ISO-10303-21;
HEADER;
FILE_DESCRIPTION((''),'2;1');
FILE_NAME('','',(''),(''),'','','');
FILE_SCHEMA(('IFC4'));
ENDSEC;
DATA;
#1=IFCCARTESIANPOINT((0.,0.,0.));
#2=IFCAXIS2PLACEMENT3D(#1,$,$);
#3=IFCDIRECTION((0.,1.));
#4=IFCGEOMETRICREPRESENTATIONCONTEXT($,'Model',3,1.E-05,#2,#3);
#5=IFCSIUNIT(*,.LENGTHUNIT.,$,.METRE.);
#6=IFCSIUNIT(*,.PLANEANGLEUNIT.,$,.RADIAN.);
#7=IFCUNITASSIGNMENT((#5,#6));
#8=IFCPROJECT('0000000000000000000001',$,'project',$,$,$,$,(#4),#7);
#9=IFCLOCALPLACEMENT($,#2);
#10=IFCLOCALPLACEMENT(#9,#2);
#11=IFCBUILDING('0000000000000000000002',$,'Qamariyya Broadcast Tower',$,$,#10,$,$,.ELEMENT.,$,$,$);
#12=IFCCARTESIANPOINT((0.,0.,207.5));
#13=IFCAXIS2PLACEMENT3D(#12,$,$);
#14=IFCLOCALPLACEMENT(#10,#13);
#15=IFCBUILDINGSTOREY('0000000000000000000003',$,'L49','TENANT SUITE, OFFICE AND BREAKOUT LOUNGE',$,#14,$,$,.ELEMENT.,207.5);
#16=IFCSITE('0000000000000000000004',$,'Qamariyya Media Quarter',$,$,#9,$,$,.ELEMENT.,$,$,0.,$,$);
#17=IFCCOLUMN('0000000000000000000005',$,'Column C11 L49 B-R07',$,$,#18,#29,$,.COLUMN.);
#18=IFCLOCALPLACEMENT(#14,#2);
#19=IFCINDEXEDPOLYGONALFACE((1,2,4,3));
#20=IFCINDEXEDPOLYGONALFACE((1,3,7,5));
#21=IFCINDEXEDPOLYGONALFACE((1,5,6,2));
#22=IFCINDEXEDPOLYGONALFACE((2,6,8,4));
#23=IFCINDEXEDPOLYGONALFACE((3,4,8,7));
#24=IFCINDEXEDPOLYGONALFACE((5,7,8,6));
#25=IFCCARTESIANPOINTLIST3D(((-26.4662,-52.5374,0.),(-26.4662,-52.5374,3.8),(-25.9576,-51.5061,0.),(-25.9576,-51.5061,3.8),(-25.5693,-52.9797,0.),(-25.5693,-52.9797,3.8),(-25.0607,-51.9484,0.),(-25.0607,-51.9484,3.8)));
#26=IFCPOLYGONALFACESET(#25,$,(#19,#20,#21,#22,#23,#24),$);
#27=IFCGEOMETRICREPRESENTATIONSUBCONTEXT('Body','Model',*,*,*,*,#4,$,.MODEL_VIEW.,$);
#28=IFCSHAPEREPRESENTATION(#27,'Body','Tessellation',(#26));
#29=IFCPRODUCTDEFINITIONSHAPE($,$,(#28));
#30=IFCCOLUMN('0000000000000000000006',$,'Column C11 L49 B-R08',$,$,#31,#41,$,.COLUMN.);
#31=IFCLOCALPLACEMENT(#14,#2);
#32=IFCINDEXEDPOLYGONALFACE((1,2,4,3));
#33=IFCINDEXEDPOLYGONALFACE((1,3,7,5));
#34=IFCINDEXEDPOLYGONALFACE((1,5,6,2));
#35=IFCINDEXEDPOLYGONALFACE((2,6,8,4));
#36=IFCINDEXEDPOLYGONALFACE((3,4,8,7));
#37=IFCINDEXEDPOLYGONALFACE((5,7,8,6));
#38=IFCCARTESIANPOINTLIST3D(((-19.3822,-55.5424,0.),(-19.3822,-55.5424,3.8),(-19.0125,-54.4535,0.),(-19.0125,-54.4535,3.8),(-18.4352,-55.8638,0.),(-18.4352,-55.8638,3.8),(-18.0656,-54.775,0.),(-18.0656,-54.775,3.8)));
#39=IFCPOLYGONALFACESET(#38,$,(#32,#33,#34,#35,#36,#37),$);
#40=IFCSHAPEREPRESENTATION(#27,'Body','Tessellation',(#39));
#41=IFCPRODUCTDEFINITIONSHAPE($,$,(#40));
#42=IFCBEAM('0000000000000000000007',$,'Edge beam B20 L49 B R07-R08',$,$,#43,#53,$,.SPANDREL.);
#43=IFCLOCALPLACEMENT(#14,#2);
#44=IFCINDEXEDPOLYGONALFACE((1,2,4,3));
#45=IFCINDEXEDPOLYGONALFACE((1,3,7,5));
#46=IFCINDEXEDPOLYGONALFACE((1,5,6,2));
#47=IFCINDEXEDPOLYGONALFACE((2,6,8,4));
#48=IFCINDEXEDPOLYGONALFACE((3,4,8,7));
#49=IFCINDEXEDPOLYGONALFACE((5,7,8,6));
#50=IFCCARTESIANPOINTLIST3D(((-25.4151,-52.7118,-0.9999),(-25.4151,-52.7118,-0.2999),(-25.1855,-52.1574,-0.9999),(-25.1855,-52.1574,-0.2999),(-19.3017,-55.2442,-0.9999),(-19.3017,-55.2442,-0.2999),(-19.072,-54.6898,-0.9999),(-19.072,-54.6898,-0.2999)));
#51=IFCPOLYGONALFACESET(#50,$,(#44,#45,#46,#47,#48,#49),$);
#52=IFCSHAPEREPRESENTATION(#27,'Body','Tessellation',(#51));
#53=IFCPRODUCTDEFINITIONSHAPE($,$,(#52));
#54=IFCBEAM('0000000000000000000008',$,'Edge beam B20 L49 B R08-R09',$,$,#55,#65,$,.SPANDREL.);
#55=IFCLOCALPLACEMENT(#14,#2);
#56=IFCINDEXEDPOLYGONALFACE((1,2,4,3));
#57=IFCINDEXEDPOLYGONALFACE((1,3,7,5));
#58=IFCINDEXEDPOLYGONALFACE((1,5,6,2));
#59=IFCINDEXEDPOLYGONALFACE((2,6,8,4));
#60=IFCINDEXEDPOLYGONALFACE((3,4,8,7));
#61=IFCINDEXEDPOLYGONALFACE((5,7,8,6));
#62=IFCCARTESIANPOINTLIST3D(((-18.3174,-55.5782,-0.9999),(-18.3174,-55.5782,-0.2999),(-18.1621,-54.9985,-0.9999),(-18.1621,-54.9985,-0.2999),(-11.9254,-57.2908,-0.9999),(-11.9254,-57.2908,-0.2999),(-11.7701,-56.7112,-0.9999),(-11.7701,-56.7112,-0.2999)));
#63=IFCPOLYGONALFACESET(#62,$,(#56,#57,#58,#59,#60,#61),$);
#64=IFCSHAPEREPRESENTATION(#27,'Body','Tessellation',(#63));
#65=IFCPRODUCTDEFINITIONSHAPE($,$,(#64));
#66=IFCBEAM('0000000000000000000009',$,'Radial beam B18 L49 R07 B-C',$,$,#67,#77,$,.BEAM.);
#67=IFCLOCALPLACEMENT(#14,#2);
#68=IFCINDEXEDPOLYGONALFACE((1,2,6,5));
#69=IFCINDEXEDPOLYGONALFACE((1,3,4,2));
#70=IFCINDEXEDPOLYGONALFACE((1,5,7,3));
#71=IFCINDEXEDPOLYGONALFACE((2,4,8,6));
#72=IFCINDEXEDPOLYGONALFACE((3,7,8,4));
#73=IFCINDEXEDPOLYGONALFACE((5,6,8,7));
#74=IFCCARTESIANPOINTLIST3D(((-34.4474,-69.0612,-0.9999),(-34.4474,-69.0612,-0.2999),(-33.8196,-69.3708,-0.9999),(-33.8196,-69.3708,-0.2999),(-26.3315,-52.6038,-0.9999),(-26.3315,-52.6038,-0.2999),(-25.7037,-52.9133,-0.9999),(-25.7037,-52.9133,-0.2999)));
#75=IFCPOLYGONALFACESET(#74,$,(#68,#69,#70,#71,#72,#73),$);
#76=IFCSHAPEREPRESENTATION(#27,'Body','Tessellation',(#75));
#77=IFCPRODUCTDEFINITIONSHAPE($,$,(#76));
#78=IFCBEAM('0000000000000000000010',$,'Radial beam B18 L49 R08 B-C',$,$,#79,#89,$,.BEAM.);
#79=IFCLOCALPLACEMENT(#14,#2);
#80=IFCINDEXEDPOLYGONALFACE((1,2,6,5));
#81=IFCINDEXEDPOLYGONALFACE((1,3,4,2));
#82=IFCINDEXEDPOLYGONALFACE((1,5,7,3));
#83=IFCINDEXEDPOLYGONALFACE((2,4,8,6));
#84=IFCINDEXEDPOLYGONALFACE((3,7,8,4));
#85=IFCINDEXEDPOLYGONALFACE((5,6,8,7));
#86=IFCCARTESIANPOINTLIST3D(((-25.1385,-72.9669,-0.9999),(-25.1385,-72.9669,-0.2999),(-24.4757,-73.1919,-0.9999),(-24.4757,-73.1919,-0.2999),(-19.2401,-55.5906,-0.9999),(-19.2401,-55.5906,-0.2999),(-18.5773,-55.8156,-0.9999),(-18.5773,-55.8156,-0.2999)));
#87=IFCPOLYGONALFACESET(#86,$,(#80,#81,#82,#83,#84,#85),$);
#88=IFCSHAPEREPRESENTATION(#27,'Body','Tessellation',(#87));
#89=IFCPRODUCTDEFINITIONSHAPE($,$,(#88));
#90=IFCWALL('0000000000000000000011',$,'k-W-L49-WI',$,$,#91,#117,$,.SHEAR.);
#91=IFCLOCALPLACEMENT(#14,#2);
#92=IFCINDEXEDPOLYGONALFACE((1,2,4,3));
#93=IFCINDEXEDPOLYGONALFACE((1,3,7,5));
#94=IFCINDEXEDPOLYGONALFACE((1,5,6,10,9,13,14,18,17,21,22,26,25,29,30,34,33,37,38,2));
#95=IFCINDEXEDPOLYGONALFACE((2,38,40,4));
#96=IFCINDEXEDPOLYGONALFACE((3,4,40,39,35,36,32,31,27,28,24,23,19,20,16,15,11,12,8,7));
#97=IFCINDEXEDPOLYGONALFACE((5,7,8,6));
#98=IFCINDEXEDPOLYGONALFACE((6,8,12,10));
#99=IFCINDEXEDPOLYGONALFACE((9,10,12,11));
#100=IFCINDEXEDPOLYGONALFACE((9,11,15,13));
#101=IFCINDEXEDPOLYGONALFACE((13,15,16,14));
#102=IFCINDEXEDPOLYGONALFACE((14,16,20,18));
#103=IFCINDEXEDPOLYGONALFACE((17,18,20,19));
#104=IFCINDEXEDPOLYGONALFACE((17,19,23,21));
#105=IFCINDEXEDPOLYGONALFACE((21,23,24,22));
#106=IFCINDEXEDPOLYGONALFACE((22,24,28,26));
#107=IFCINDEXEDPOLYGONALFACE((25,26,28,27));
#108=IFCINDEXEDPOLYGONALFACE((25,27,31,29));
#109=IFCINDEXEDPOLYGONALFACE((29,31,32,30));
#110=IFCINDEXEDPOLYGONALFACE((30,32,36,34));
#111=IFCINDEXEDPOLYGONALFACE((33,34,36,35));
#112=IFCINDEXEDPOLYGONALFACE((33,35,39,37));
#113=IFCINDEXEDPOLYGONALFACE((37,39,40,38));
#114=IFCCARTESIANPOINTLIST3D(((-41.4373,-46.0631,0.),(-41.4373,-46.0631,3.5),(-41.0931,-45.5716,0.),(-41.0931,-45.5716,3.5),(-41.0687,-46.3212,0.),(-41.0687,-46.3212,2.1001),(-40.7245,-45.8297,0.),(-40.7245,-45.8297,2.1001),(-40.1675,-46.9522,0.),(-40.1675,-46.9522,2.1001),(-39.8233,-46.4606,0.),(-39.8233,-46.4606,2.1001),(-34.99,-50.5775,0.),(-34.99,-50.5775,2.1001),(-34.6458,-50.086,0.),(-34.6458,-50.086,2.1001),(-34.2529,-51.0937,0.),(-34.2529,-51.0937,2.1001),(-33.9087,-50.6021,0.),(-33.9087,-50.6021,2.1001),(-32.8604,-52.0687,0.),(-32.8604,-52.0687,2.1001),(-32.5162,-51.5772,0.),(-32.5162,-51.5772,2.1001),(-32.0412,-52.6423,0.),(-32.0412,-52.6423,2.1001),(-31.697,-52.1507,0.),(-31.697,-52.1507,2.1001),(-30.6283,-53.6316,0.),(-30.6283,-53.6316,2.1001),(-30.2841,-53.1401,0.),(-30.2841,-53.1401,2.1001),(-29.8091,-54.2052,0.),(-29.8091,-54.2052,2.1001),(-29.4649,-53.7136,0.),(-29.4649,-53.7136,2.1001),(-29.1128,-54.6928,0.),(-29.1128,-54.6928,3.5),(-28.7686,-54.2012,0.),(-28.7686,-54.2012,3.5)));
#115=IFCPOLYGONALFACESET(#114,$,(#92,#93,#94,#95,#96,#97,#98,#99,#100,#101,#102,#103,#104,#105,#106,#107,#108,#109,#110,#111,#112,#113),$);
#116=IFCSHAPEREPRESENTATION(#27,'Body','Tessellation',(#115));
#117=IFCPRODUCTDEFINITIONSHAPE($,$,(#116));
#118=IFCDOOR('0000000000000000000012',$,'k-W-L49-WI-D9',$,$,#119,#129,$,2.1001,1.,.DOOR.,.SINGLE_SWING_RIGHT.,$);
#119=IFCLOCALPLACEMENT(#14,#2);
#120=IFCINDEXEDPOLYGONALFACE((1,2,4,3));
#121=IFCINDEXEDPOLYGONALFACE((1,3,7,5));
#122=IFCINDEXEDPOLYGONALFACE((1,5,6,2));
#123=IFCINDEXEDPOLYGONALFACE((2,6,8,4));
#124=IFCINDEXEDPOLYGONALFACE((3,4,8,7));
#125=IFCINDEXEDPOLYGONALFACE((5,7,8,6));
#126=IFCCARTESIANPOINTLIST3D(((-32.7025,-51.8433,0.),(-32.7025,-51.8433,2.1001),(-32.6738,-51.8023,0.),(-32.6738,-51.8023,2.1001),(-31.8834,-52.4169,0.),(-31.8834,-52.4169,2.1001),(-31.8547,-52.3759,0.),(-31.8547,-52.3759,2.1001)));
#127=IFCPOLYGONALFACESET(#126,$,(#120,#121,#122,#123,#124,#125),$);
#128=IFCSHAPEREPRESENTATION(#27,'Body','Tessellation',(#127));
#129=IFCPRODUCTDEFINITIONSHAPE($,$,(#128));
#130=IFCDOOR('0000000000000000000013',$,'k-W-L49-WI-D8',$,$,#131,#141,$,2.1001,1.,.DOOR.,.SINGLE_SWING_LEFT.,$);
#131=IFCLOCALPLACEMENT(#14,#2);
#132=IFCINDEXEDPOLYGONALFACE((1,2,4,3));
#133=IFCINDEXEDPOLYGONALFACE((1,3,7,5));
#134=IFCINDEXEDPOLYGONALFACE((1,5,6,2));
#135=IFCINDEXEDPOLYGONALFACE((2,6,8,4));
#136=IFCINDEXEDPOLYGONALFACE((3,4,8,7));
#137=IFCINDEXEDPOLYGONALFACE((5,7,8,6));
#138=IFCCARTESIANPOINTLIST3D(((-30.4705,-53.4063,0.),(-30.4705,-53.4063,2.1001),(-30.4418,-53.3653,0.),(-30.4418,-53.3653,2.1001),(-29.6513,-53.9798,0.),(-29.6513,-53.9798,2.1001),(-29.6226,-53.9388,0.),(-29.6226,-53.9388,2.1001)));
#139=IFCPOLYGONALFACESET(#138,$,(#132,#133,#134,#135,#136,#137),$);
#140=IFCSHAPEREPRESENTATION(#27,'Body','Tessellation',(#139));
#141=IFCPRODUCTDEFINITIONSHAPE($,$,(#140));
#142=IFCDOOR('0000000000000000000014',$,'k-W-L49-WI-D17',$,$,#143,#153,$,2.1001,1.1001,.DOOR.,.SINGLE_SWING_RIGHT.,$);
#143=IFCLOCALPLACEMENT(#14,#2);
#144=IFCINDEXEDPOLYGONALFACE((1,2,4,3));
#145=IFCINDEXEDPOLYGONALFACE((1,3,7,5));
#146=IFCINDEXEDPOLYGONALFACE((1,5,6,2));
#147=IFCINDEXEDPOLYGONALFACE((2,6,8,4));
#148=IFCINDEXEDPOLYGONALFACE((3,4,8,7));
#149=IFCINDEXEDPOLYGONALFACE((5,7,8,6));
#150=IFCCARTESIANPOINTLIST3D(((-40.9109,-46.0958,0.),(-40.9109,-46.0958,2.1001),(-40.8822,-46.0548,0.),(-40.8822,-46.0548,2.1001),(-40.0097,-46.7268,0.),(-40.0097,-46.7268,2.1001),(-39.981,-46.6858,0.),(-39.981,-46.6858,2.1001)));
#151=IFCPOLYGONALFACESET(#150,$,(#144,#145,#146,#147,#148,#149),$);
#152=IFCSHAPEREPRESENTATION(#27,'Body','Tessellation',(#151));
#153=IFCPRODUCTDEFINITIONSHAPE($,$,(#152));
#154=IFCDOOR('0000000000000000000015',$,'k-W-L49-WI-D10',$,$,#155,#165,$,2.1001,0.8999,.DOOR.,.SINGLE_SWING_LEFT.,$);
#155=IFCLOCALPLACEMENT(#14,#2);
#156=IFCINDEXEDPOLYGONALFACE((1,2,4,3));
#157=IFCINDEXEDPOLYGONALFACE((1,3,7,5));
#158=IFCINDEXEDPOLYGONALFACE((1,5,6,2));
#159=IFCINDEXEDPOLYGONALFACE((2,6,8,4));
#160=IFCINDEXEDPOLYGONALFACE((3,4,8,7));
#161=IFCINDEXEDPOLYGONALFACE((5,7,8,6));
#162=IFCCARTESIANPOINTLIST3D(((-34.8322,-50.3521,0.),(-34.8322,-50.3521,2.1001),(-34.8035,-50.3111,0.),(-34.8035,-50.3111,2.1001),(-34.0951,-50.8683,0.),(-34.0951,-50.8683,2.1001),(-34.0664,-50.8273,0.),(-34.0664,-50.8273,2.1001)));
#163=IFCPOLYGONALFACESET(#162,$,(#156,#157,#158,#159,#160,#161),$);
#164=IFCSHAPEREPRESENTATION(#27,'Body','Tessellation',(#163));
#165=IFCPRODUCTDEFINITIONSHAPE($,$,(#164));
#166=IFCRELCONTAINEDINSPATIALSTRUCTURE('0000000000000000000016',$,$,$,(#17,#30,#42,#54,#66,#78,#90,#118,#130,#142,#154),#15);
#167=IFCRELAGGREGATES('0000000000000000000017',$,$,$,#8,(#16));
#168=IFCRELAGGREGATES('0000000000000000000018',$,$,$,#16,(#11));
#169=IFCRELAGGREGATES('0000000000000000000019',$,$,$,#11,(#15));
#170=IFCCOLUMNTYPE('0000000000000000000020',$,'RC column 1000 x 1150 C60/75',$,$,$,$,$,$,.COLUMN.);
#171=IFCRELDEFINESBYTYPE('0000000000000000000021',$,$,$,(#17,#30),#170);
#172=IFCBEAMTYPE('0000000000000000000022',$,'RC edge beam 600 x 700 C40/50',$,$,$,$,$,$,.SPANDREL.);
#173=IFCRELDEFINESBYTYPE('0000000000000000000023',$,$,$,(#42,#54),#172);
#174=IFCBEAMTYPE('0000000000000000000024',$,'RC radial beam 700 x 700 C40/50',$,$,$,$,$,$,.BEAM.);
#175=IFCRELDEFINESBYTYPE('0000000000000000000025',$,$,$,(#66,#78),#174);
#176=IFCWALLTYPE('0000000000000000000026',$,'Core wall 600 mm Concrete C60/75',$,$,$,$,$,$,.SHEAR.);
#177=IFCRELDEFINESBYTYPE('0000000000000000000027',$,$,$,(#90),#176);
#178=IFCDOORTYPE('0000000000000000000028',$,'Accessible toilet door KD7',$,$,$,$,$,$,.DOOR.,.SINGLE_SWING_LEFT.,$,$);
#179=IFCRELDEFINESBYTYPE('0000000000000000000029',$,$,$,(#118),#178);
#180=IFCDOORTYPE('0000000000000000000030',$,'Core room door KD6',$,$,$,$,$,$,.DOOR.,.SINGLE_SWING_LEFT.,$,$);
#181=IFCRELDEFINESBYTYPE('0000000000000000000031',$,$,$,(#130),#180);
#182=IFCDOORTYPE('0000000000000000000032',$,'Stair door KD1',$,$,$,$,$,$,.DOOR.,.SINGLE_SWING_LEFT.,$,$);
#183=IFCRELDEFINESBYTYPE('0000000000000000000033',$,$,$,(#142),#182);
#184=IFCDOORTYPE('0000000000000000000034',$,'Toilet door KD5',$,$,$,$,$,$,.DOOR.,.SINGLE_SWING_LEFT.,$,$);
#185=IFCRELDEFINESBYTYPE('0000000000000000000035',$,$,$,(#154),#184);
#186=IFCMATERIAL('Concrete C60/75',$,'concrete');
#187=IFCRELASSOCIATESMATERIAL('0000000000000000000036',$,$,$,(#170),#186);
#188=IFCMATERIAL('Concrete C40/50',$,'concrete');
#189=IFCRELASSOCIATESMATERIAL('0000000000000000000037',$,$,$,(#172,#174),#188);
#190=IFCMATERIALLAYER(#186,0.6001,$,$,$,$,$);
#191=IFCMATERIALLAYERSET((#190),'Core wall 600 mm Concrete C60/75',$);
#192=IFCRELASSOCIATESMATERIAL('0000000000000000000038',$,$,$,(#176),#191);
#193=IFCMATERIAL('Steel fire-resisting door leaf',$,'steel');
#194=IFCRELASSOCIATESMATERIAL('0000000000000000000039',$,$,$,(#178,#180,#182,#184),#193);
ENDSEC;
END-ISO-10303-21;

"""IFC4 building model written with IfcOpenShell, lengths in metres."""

from ifc_helpers import new_model, si_unit, direction, frame, frame_2d, origin, origin_2d, place, context, subcontext, project, spatial, rectangle, extrude, material, layer, layer_set, material_profile, profile_set, type_object, element, fill, save


model = new_model("IFC4")

# Units and contexts
model_context = context("Model", 3, precision=1e-05, world=origin(), true_north=direction((0.0, 1.0)))
body_context = subcontext(model_context, "Body", "Model", "MODEL_VIEW")
ifc_project = project(units=[si_unit("LENGTHUNIT", "METRE"), si_unit("PLANEANGLEUNIT", "RADIAN")], contexts=[model_context])

# Site, building, storey
site_placement = place(None, origin())
site = spatial("IfcSite", under=ifc_project, at=site_placement, Name="Qamariyya Media Quarter", CompositionType="ELEMENT", RefElevation=0.0)
building_placement = place(site_placement, origin())
building = spatial("IfcBuilding", under=site, at=building_placement, Name="Qamariyya Broadcast Tower", CompositionType="ELEMENT")
storey_placement = place(building_placement, frame((0.0, 0.0, 207.5)))
storey = spatial("IfcBuildingStorey", under=building, at=storey_placement, Name="L49", Description="TENANT SUITE, OFFICE AND BREAKOUT LOUNGE", CompositionType="ELEMENT", Elevation=207.5)

# Columns
ifc_material_1 = material(Name="Concrete C60/75", Category="concrete")
ifc_material_profile_1 = material_profile(ifc_material_1, rectangle(XDim=1.0, YDim=1.1499, at=origin_2d()))
ifc_profile_set_1 = profile_set([ifc_material_profile_1], Name="Concrete C60/75")
column_type = type_object("IfcColumnType", Name="RC column 1000 x 1150 C60/75", PredefinedType="COLUMN", material=ifc_profile_set_1)
for number, where, z_axis, x_axis, name in (
    (1, (-25.7634, -52.2429, 0.0), (0.0, 0.0, 1.0), (0.896873, -0.442289, 0.0), "Column C11 L49 B-R07"),
    (2, (-18.7239, -55.1587, 0.0), (0.0, 0.0, 1.0), (0.94693, -0.321439, 0.0), "Column C11 L49 B-R08"),
):
    element("IfcColumn", number, at=place(storey_placement, frame(where, z_axis=z_axis, x_axis=x_axis)), inside=storey, type_object=column_type, Name=name, PredefinedType="COLUMN", context=body_context, shape_type="SweptSolid", body=[
        extrude(rectangle(XDim=1.0, YDim=1.1499, at=origin_2d()), origin(), (0.0, 0.0, 1.0), 3.8),
    ])

# Beams
ifc_material_2 = material(Name="Concrete C40/50", Category="concrete")
ifc_material_profile_2 = material_profile(ifc_material_2, rectangle(XDim=0.6001, YDim=0.7, at=origin_2d()))
ifc_profile_set_2 = profile_set([ifc_material_profile_2], Name="Concrete C40/50")
beam_type_1 = type_object("IfcBeamType", Name="RC edge beam 600 x 700 C40/50", PredefinedType="SPANDREL", material=ifc_profile_set_2)
beam_1_placement = place(storey_placement, frame((-25.3003, -52.4346, -0.6499), z_axis=(0.923871, -0.382705, 0.0), x_axis=(0.382705, 0.923871, 0.0)))
element("IfcBeam", 3, at=beam_1_placement, inside=storey, type_object=beam_type_1, Name="Edge beam B20 L49 B R07-R08", PredefinedType="SPANDREL", context=body_context, shape_type="SweptSolid", body=[
    extrude(rectangle(XDim=0.6001, YDim=0.7, at=origin_2d()), origin(), (0.0, 0.0, 1.0), 6.6172),
])
beam_2_placement = place(storey_placement, frame((-18.2397, -55.2883, -0.6499), z_axis=(0.965927, -0.258813, 0.0), x_axis=(0.258813, 0.965927, 0.0)))
element("IfcBeam", 4, at=beam_2_placement, inside=storey, type_object=beam_type_1, Name="Edge beam B20 L49 B R08-R09", PredefinedType="SPANDREL", context=body_context, shape_type="SweptSolid", body=[
    extrude(rectangle(XDim=0.6001, YDim=0.7, at=origin_2d()), origin(), (0.0, 0.0, 1.0), 6.6174),
])
ifc_material_profile_3 = material_profile(ifc_material_2, rectangle(XDim=0.7, YDim=0.7, at=origin_2d()))
ifc_profile_set_3 = profile_set([ifc_material_profile_3], Name="Concrete C40/50")
beam_type_2 = type_object("IfcBeamType", Name="RC radial beam 700 x 700 C40/50", PredefinedType="BEAM", material=ifc_profile_set_3)
beam_3_placement = place(storey_placement, frame((-26.0176, -52.7585, -0.6499), z_axis=(-0.442289, -0.896872, 0.0), x_axis=(0.896872, -0.442289, 0.0)))
element("IfcBeam", 5, at=beam_3_placement, inside=storey, type_object=beam_type_2, Name="Radial beam B18 L49 R07 B-C", PredefinedType="BEAM", context=body_context, shape_type="SweptSolid", body=[
    extrude(rectangle(XDim=0.7, YDim=0.7, at=origin_2d()), origin(), (0.0, 0.0, 1.0), 18.3499),
])
beam_4_placement = place(storey_placement, frame((-18.9087, -55.7031, -0.6499), z_axis=(-0.32144, -0.94693, 0.0), x_axis=(0.94693, -0.32144, 0.0)))
element("IfcBeam", 6, at=beam_4_placement, inside=storey, type_object=beam_type_2, Name="Radial beam B18 L49 R08 B-C", PredefinedType="BEAM", context=body_context, shape_type="SweptSolid", body=[
    extrude(rectangle(XDim=0.7, YDim=0.7, at=origin_2d()), origin(), (0.0, 0.0, 1.0), 18.3501),
])

# Wall, openings, doors
ifc_layer_1 = layer(ifc_material_1, 0.6001)
ifc_layer_set_1 = layer_set([ifc_layer_1], Name="Core wall 600 mm Concrete C60/75")
wall_type_1 = type_object("IfcWallType", Name="Core wall 600 mm Concrete C60/75", PredefinedType="SHEAR", material=ifc_layer_set_1)
wall_1_placement = place(storey_placement, frame((-28.9407, -54.447, 0.0), z_axis=(0.0, 0.0, 1.0), x_axis=(-0.819153, 0.573575, 0.0)))
wall_1 = element("IfcWall", 7, at=wall_1_placement, inside=storey, type_object=wall_type_1, Name="k-W-L49-WI", PredefinedType="SHEAR", context=body_context, shape_type="SweptSolid", body=[
    extrude(rectangle(XDim=15.0454, YDim=0.6001, at=frame_2d((7.5227, 0.0))), origin(), (0.0, 0.0, 1.0), 3.5),
])
opening_1_placement = place(wall_1_placement, frame((0.8501, 0.0, 0.0)))
opening_1 = element("IfcOpeningElement", 8, at=opening_1_placement, cuts=wall_1, PredefinedType="OPENING", context=body_context, shape_type="SweptSolid", body=[
    extrude(rectangle(XDim=1.0, YDim=2.1001, at=frame_2d((0.5, 1.05))), frame((0.0, 0.3101, 0.0), z_axis=(0.0, -1.0, 0.0), x_axis=(1.0, 0.0, 0.0)), (0.0, 0.0, 1.0), 0.6201),
])
opening_2_placement = place(wall_1_placement, frame((3.575, 0.0, 0.0)))
opening_2 = element("IfcOpeningElement", 9, at=opening_2_placement, cuts=wall_1, PredefinedType="OPENING", context=body_context, shape_type="SweptSolid", body=[
    extrude(rectangle(XDim=1.0, YDim=2.1001, at=frame_2d((0.5, 1.05))), frame((0.0, 0.3101, 0.0), z_axis=(0.0, -1.0, 0.0), x_axis=(1.0, 0.0, 0.0)), (0.0, 0.0, 1.0), 0.6201),
])
opening_3_placement = place(wall_1_placement, frame((6.2749, 0.0, 0.0)))
opening_3 = element("IfcOpeningElement", 10, at=opening_3_placement, cuts=wall_1, PredefinedType="OPENING", context=body_context, shape_type="SweptSolid", body=[
    extrude(rectangle(XDim=0.8999, YDim=2.1001, at=frame_2d((0.45, 1.05))), frame((0.0, 0.3101, 0.0), z_axis=(0.0, -1.0, 0.0), x_axis=(1.0, 0.0, 0.0)), (0.0, 0.0, 1.0), 0.6201),
])
opening_4_placement = place(wall_1_placement, frame((13.4954, 0.0, 0.0)))
opening_4 = element("IfcOpeningElement", 11, at=opening_4_placement, cuts=wall_1, PredefinedType="OPENING", context=body_context, shape_type="SweptSolid", body=[
    extrude(rectangle(XDim=1.1001, YDim=2.1001, at=frame_2d((0.55, 1.05))), frame((0.0, 0.3101, 0.0), z_axis=(0.0, -1.0, 0.0), x_axis=(1.0, 0.0, 0.0)), (0.0, 0.0, 1.0), 0.6201),
])
ifc_material_3 = material(Name="Steel fire-resisting door leaf", Category="steel")
door_type_1 = type_object("IfcDoorType", Name="Accessible toilet door KD7", OperationType="SINGLE_SWING_LEFT", PredefinedType="DOOR", material=ifc_material_3)
door_1_placement = place(opening_2_placement, origin())
door_1 = element("IfcDoor", 12, at=door_1_placement, inside=storey, type_object=door_type_1, Name="k-W-L49-WI-D9", OperationType="SINGLE_SWING_RIGHT", OverallHeight=2.1001, OverallWidth=1.0, PredefinedType="DOOR", context=body_context, shape_type="SweptSolid", body=[
    extrude(rectangle(XDim=1.0, YDim=2.1001, at=frame_2d((0.5, 1.05))), frame((0.0, 0.0249, 0.0), z_axis=(0.0, -1.0, 0.0), x_axis=(1.0, 0.0, 0.0)), (0.0, 0.0, 1.0), 0.05),
])
fill(opening_2, door_1)
door_type_2 = type_object("IfcDoorType", Name="Core room door KD6", OperationType="SINGLE_SWING_LEFT", PredefinedType="DOOR", material=ifc_material_3)
door_2_placement = place(opening_1_placement, origin())
door_2 = element("IfcDoor", 13, at=door_2_placement, inside=storey, type_object=door_type_2, Name="k-W-L49-WI-D8", OperationType="SINGLE_SWING_LEFT", OverallHeight=2.1001, OverallWidth=1.0, PredefinedType="DOOR", context=body_context, shape_type="SweptSolid", body=[
    extrude(rectangle(XDim=1.0, YDim=2.1001, at=frame_2d((0.5, 1.05))), frame((0.0, 0.0249, 0.0), z_axis=(0.0, -1.0, 0.0), x_axis=(1.0, 0.0, 0.0)), (0.0, 0.0, 1.0), 0.05),
])
fill(opening_1, door_2)
door_type_3 = type_object("IfcDoorType", Name="Stair door KD1", OperationType="SINGLE_SWING_LEFT", PredefinedType="DOOR", material=ifc_material_3)
door_3_placement = place(opening_4_placement, origin())
door_3 = element("IfcDoor", 14, at=door_3_placement, inside=storey, type_object=door_type_3, Name="k-W-L49-WI-D17", OperationType="SINGLE_SWING_RIGHT", OverallHeight=2.1001, OverallWidth=1.1001, PredefinedType="DOOR", context=body_context, shape_type="SweptSolid", body=[
    extrude(rectangle(XDim=1.1001, YDim=2.1001, at=frame_2d((0.55, 1.05))), frame((0.0, 0.0249, 0.0), z_axis=(0.0, -1.0, 0.0), x_axis=(1.0, 0.0, 0.0)), (0.0, 0.0, 1.0), 0.05),
])
fill(opening_4, door_3)
door_type_4 = type_object("IfcDoorType", Name="Toilet door KD5", OperationType="SINGLE_SWING_LEFT", PredefinedType="DOOR", material=ifc_material_3)
door_4_placement = place(opening_3_placement, origin())
door_4 = element("IfcDoor", 15, at=door_4_placement, inside=storey, type_object=door_type_4, Name="k-W-L49-WI-D10", OperationType="SINGLE_SWING_LEFT", OverallHeight=2.1001, OverallWidth=0.8999, PredefinedType="DOOR", context=body_context, shape_type="SweptSolid", body=[
    extrude(rectangle(XDim=0.8999, YDim=2.1001, at=frame_2d((0.45, 1.05))), frame((0.0, 0.0249, 0.0), z_axis=(0.0, -1.0, 0.0), x_axis=(1.0, 0.0, 0.0)), (0.0, 0.0, 1.0), 0.05),
])
fill(opening_3, door_4)

save(model, "model.ifc")
